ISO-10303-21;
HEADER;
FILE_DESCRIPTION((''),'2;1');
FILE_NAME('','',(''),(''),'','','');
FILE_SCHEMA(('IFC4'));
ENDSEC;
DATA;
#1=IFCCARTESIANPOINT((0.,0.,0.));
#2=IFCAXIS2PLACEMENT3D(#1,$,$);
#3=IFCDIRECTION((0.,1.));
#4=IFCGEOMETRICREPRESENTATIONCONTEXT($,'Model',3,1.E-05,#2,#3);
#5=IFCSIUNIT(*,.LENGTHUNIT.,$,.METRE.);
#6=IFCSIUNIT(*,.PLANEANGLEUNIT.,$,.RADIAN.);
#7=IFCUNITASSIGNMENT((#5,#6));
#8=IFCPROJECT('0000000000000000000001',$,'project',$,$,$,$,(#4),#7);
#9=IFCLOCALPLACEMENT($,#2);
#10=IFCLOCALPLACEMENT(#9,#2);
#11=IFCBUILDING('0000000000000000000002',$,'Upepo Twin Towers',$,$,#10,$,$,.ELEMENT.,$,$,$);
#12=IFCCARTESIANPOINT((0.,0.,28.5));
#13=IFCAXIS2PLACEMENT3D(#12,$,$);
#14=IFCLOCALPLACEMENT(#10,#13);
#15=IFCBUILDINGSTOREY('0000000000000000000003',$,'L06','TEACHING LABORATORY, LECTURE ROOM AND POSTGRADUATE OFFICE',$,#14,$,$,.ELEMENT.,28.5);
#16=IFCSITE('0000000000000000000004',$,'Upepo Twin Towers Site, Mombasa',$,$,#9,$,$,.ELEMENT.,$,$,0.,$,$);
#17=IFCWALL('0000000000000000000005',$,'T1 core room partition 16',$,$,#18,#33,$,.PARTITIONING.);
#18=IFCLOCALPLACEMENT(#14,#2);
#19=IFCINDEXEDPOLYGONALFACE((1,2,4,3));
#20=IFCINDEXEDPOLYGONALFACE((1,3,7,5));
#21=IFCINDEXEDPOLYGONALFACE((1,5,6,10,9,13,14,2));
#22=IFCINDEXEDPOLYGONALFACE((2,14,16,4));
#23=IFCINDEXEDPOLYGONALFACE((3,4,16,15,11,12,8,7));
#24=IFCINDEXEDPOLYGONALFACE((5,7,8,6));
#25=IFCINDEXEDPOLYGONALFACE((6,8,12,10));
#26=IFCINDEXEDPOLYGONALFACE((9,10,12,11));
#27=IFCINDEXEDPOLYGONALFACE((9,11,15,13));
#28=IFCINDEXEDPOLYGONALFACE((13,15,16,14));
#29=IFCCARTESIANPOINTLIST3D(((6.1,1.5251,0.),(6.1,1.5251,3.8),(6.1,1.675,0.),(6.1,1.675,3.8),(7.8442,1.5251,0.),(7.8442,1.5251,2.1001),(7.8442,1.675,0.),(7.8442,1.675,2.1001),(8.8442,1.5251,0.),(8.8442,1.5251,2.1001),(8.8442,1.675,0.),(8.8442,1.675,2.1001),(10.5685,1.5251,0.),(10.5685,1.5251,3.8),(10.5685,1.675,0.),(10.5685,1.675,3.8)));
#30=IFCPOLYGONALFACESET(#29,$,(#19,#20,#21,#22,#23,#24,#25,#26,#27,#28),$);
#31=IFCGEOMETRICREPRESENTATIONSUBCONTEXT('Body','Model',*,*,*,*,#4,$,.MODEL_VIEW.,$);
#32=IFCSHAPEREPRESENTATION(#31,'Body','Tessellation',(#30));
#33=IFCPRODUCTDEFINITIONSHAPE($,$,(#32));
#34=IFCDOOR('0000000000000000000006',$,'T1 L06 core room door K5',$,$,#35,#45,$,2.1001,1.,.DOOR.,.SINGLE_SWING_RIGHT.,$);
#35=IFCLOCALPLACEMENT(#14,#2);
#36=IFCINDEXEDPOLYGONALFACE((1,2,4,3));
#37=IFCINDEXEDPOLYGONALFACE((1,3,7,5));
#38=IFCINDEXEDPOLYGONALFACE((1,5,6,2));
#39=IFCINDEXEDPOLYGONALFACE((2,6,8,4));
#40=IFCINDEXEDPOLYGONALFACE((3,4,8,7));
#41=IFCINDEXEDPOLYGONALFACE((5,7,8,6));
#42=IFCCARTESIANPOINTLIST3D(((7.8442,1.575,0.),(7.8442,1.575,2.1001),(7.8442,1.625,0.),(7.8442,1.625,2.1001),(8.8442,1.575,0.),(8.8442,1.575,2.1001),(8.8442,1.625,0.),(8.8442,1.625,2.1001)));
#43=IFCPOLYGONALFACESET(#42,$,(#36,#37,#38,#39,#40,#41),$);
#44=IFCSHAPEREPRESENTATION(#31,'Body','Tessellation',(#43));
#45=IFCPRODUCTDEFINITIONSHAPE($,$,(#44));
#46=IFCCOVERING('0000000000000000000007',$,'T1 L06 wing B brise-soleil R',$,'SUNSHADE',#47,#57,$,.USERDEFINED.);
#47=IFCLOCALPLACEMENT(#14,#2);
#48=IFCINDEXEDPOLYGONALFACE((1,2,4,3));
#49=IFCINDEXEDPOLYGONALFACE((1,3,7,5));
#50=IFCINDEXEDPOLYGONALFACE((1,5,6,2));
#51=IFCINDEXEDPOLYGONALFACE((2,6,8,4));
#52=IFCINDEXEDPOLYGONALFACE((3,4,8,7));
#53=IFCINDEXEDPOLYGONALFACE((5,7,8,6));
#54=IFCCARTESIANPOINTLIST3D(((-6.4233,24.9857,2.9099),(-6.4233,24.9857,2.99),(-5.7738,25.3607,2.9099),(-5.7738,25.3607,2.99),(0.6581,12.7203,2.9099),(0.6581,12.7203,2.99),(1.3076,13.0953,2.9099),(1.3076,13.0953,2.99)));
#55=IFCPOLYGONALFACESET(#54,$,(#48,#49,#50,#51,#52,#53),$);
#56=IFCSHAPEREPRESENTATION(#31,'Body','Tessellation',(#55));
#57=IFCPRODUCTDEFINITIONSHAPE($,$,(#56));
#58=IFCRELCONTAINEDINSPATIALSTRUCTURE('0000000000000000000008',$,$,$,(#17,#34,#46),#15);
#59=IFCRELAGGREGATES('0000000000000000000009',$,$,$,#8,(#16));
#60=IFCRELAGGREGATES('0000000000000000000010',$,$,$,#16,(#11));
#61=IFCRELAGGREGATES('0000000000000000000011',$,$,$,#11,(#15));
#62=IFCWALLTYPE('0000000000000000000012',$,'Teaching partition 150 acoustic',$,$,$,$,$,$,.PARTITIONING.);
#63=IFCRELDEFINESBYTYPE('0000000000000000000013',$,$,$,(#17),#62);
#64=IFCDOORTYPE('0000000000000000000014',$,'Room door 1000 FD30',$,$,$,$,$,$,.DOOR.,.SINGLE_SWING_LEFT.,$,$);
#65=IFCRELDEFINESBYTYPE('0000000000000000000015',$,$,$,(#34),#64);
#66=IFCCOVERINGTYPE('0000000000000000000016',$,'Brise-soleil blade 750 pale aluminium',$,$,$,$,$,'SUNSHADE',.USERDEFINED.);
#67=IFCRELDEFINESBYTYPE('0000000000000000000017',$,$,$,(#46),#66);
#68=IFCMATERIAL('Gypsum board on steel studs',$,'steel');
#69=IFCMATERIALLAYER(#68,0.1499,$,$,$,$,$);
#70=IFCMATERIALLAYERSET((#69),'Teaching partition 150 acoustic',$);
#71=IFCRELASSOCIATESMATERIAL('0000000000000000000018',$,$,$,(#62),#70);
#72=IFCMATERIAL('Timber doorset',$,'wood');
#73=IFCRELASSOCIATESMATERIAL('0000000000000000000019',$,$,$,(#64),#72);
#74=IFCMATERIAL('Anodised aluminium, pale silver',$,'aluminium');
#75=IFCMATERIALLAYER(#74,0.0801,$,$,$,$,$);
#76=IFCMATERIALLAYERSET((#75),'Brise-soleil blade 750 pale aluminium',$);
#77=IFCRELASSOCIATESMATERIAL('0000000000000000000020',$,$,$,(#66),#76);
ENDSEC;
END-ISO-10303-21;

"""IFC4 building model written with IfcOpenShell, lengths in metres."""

from ifc_helpers import new_model, si_unit, direction, frame, frame_2d, origin, origin_2d, place, context, subcontext, project, spatial, rectangle, extrude, material, layer, layer_set, type_object, element, fill, save


model = new_model("IFC4")

# Units and contexts
model_context = context("Model", 3, precision=1e-05, world=origin(), true_north=direction((0.0, 1.0)))
body_context = subcontext(model_context, "Body", "Model", "MODEL_VIEW")
ifc_project = project(units=[si_unit("LENGTHUNIT", "METRE"), si_unit("PLANEANGLEUNIT", "RADIAN")], contexts=[model_context])

# Site, building, storey
site_placement = place(None, origin())
site = spatial("IfcSite", under=ifc_project, at=site_placement, Name="Upepo Twin Towers Site, Mombasa", CompositionType="ELEMENT", RefElevation=0.0)
building_placement = place(site_placement, origin())
building = spatial("IfcBuilding", under=site, at=building_placement, Name="Upepo Twin Towers", CompositionType="ELEMENT")
storey_placement = place(building_placement, frame((0.0, 0.0, 28.5)))
storey = spatial("IfcBuildingStorey", under=building, at=storey_placement, Name="L06", Description="TEACHING LABORATORY, LECTURE ROOM AND POSTGRADUATE OFFICE", CompositionType="ELEMENT", Elevation=28.5)

# Shared definitions
ifc_material_1 = material(Name="Gypsum board on steel studs", Category="steel")
ifc_layer_1 = layer(ifc_material_1, 0.1499)
ifc_layer_set_1 = layer_set([ifc_layer_1], Name="Teaching partition 150 acoustic")
wall_type_1 = type_object("IfcWallType", Name="Teaching partition 150 acoustic", PredefinedType="PARTITIONING", material=ifc_layer_set_1)

# Wall, opening, door
wall_1_placement = place(storey_placement, frame((6.0999, 1.6001, 0.0), z_axis=(0.0, 0.0, 1.0), x_axis=(1.0, 0.0, 0.0)))
wall_1 = element("IfcWall", 1, at=wall_1_placement, inside=storey, type_object=wall_type_1, Name="T1 core room partition 16", PredefinedType="PARTITIONING", context=body_context, shape_type="SweptSolid", body=[
    extrude(rectangle(XDim=4.4685, YDim=0.1499, at=frame_2d((2.2344, 0.0))), origin(), (0.0, 0.0, 1.0), 3.8),
])
opening_1_placement = place(wall_1_placement, frame((1.7444, 0.0, 0.0)))
opening_1 = element("IfcOpeningElement", 2, at=opening_1_placement, cuts=wall_1, PredefinedType="OPENING", context=body_context, shape_type="SweptSolid", body=[
    extrude(rectangle(XDim=1.0, YDim=2.1001, at=frame_2d((0.5, 1.05))), frame((0.0, 0.085, 0.0), z_axis=(0.0, -1.0, 0.0), x_axis=(1.0, 0.0, 0.0)), (0.0, 0.0, 1.0), 0.1699),
])
ifc_material_2 = material(Name="Timber doorset", Category="wood")
door_type_1 = type_object("IfcDoorType", Name="Room door 1000 FD30", OperationType="SINGLE_SWING_LEFT", PredefinedType="DOOR", material=ifc_material_2)
door_1_placement = place(opening_1_placement, origin())
door_1 = element("IfcDoor", 3, at=door_1_placement, inside=storey, type_object=door_type_1, Name="T1 L06 core room door K5", OperationType="SINGLE_SWING_RIGHT", OverallHeight=2.1001, OverallWidth=1.0, PredefinedType="DOOR", context=body_context, shape_type="SweptSolid", body=[
    extrude(rectangle(XDim=1.0, YDim=2.1001, at=frame_2d((0.5, 1.05))), frame((0.0, 0.0249, 0.0), z_axis=(0.0, -1.0, 0.0), x_axis=(1.0, 0.0, 0.0)), (0.0, 0.0, 1.0), 0.05),
])
fill(opening_1, door_1)

# Covering
ifc_material_3 = material(Name="Anodised aluminium, pale silver", Category="aluminium")
ifc_layer_2 = layer(ifc_material_3, 0.0801)
ifc_layer_set_2 = layer_set([ifc_layer_2], Name="Brise-soleil blade 750 pale aluminium")
covering_type = type_object("IfcCoveringType", Name="Brise-soleil blade 750 pale aluminium", ElementType="SUNSHADE", PredefinedType="USERDEFINED", material=ifc_layer_set_2)
covering_placement = place(storey_placement, frame((-2.5579, 19.0405, 2.9099), z_axis=(0.0, 0.0, 1.0), x_axis=(-0.5, 0.866025, 0.0)))
element("IfcCovering", 4, at=covering_placement, inside=storey, type_object=covering_type, Name="T1 L06 wing B brise-soleil R", ObjectType="SUNSHADE", PredefinedType="USERDEFINED", context=body_context, shape_type="SweptSolid", body=[
    extrude(rectangle(XDim=14.1628, YDim=0.75, at=origin_2d()), origin(), (0.0, 0.0, 1.0), 0.0801),
])

save(model, "model.ifc")
